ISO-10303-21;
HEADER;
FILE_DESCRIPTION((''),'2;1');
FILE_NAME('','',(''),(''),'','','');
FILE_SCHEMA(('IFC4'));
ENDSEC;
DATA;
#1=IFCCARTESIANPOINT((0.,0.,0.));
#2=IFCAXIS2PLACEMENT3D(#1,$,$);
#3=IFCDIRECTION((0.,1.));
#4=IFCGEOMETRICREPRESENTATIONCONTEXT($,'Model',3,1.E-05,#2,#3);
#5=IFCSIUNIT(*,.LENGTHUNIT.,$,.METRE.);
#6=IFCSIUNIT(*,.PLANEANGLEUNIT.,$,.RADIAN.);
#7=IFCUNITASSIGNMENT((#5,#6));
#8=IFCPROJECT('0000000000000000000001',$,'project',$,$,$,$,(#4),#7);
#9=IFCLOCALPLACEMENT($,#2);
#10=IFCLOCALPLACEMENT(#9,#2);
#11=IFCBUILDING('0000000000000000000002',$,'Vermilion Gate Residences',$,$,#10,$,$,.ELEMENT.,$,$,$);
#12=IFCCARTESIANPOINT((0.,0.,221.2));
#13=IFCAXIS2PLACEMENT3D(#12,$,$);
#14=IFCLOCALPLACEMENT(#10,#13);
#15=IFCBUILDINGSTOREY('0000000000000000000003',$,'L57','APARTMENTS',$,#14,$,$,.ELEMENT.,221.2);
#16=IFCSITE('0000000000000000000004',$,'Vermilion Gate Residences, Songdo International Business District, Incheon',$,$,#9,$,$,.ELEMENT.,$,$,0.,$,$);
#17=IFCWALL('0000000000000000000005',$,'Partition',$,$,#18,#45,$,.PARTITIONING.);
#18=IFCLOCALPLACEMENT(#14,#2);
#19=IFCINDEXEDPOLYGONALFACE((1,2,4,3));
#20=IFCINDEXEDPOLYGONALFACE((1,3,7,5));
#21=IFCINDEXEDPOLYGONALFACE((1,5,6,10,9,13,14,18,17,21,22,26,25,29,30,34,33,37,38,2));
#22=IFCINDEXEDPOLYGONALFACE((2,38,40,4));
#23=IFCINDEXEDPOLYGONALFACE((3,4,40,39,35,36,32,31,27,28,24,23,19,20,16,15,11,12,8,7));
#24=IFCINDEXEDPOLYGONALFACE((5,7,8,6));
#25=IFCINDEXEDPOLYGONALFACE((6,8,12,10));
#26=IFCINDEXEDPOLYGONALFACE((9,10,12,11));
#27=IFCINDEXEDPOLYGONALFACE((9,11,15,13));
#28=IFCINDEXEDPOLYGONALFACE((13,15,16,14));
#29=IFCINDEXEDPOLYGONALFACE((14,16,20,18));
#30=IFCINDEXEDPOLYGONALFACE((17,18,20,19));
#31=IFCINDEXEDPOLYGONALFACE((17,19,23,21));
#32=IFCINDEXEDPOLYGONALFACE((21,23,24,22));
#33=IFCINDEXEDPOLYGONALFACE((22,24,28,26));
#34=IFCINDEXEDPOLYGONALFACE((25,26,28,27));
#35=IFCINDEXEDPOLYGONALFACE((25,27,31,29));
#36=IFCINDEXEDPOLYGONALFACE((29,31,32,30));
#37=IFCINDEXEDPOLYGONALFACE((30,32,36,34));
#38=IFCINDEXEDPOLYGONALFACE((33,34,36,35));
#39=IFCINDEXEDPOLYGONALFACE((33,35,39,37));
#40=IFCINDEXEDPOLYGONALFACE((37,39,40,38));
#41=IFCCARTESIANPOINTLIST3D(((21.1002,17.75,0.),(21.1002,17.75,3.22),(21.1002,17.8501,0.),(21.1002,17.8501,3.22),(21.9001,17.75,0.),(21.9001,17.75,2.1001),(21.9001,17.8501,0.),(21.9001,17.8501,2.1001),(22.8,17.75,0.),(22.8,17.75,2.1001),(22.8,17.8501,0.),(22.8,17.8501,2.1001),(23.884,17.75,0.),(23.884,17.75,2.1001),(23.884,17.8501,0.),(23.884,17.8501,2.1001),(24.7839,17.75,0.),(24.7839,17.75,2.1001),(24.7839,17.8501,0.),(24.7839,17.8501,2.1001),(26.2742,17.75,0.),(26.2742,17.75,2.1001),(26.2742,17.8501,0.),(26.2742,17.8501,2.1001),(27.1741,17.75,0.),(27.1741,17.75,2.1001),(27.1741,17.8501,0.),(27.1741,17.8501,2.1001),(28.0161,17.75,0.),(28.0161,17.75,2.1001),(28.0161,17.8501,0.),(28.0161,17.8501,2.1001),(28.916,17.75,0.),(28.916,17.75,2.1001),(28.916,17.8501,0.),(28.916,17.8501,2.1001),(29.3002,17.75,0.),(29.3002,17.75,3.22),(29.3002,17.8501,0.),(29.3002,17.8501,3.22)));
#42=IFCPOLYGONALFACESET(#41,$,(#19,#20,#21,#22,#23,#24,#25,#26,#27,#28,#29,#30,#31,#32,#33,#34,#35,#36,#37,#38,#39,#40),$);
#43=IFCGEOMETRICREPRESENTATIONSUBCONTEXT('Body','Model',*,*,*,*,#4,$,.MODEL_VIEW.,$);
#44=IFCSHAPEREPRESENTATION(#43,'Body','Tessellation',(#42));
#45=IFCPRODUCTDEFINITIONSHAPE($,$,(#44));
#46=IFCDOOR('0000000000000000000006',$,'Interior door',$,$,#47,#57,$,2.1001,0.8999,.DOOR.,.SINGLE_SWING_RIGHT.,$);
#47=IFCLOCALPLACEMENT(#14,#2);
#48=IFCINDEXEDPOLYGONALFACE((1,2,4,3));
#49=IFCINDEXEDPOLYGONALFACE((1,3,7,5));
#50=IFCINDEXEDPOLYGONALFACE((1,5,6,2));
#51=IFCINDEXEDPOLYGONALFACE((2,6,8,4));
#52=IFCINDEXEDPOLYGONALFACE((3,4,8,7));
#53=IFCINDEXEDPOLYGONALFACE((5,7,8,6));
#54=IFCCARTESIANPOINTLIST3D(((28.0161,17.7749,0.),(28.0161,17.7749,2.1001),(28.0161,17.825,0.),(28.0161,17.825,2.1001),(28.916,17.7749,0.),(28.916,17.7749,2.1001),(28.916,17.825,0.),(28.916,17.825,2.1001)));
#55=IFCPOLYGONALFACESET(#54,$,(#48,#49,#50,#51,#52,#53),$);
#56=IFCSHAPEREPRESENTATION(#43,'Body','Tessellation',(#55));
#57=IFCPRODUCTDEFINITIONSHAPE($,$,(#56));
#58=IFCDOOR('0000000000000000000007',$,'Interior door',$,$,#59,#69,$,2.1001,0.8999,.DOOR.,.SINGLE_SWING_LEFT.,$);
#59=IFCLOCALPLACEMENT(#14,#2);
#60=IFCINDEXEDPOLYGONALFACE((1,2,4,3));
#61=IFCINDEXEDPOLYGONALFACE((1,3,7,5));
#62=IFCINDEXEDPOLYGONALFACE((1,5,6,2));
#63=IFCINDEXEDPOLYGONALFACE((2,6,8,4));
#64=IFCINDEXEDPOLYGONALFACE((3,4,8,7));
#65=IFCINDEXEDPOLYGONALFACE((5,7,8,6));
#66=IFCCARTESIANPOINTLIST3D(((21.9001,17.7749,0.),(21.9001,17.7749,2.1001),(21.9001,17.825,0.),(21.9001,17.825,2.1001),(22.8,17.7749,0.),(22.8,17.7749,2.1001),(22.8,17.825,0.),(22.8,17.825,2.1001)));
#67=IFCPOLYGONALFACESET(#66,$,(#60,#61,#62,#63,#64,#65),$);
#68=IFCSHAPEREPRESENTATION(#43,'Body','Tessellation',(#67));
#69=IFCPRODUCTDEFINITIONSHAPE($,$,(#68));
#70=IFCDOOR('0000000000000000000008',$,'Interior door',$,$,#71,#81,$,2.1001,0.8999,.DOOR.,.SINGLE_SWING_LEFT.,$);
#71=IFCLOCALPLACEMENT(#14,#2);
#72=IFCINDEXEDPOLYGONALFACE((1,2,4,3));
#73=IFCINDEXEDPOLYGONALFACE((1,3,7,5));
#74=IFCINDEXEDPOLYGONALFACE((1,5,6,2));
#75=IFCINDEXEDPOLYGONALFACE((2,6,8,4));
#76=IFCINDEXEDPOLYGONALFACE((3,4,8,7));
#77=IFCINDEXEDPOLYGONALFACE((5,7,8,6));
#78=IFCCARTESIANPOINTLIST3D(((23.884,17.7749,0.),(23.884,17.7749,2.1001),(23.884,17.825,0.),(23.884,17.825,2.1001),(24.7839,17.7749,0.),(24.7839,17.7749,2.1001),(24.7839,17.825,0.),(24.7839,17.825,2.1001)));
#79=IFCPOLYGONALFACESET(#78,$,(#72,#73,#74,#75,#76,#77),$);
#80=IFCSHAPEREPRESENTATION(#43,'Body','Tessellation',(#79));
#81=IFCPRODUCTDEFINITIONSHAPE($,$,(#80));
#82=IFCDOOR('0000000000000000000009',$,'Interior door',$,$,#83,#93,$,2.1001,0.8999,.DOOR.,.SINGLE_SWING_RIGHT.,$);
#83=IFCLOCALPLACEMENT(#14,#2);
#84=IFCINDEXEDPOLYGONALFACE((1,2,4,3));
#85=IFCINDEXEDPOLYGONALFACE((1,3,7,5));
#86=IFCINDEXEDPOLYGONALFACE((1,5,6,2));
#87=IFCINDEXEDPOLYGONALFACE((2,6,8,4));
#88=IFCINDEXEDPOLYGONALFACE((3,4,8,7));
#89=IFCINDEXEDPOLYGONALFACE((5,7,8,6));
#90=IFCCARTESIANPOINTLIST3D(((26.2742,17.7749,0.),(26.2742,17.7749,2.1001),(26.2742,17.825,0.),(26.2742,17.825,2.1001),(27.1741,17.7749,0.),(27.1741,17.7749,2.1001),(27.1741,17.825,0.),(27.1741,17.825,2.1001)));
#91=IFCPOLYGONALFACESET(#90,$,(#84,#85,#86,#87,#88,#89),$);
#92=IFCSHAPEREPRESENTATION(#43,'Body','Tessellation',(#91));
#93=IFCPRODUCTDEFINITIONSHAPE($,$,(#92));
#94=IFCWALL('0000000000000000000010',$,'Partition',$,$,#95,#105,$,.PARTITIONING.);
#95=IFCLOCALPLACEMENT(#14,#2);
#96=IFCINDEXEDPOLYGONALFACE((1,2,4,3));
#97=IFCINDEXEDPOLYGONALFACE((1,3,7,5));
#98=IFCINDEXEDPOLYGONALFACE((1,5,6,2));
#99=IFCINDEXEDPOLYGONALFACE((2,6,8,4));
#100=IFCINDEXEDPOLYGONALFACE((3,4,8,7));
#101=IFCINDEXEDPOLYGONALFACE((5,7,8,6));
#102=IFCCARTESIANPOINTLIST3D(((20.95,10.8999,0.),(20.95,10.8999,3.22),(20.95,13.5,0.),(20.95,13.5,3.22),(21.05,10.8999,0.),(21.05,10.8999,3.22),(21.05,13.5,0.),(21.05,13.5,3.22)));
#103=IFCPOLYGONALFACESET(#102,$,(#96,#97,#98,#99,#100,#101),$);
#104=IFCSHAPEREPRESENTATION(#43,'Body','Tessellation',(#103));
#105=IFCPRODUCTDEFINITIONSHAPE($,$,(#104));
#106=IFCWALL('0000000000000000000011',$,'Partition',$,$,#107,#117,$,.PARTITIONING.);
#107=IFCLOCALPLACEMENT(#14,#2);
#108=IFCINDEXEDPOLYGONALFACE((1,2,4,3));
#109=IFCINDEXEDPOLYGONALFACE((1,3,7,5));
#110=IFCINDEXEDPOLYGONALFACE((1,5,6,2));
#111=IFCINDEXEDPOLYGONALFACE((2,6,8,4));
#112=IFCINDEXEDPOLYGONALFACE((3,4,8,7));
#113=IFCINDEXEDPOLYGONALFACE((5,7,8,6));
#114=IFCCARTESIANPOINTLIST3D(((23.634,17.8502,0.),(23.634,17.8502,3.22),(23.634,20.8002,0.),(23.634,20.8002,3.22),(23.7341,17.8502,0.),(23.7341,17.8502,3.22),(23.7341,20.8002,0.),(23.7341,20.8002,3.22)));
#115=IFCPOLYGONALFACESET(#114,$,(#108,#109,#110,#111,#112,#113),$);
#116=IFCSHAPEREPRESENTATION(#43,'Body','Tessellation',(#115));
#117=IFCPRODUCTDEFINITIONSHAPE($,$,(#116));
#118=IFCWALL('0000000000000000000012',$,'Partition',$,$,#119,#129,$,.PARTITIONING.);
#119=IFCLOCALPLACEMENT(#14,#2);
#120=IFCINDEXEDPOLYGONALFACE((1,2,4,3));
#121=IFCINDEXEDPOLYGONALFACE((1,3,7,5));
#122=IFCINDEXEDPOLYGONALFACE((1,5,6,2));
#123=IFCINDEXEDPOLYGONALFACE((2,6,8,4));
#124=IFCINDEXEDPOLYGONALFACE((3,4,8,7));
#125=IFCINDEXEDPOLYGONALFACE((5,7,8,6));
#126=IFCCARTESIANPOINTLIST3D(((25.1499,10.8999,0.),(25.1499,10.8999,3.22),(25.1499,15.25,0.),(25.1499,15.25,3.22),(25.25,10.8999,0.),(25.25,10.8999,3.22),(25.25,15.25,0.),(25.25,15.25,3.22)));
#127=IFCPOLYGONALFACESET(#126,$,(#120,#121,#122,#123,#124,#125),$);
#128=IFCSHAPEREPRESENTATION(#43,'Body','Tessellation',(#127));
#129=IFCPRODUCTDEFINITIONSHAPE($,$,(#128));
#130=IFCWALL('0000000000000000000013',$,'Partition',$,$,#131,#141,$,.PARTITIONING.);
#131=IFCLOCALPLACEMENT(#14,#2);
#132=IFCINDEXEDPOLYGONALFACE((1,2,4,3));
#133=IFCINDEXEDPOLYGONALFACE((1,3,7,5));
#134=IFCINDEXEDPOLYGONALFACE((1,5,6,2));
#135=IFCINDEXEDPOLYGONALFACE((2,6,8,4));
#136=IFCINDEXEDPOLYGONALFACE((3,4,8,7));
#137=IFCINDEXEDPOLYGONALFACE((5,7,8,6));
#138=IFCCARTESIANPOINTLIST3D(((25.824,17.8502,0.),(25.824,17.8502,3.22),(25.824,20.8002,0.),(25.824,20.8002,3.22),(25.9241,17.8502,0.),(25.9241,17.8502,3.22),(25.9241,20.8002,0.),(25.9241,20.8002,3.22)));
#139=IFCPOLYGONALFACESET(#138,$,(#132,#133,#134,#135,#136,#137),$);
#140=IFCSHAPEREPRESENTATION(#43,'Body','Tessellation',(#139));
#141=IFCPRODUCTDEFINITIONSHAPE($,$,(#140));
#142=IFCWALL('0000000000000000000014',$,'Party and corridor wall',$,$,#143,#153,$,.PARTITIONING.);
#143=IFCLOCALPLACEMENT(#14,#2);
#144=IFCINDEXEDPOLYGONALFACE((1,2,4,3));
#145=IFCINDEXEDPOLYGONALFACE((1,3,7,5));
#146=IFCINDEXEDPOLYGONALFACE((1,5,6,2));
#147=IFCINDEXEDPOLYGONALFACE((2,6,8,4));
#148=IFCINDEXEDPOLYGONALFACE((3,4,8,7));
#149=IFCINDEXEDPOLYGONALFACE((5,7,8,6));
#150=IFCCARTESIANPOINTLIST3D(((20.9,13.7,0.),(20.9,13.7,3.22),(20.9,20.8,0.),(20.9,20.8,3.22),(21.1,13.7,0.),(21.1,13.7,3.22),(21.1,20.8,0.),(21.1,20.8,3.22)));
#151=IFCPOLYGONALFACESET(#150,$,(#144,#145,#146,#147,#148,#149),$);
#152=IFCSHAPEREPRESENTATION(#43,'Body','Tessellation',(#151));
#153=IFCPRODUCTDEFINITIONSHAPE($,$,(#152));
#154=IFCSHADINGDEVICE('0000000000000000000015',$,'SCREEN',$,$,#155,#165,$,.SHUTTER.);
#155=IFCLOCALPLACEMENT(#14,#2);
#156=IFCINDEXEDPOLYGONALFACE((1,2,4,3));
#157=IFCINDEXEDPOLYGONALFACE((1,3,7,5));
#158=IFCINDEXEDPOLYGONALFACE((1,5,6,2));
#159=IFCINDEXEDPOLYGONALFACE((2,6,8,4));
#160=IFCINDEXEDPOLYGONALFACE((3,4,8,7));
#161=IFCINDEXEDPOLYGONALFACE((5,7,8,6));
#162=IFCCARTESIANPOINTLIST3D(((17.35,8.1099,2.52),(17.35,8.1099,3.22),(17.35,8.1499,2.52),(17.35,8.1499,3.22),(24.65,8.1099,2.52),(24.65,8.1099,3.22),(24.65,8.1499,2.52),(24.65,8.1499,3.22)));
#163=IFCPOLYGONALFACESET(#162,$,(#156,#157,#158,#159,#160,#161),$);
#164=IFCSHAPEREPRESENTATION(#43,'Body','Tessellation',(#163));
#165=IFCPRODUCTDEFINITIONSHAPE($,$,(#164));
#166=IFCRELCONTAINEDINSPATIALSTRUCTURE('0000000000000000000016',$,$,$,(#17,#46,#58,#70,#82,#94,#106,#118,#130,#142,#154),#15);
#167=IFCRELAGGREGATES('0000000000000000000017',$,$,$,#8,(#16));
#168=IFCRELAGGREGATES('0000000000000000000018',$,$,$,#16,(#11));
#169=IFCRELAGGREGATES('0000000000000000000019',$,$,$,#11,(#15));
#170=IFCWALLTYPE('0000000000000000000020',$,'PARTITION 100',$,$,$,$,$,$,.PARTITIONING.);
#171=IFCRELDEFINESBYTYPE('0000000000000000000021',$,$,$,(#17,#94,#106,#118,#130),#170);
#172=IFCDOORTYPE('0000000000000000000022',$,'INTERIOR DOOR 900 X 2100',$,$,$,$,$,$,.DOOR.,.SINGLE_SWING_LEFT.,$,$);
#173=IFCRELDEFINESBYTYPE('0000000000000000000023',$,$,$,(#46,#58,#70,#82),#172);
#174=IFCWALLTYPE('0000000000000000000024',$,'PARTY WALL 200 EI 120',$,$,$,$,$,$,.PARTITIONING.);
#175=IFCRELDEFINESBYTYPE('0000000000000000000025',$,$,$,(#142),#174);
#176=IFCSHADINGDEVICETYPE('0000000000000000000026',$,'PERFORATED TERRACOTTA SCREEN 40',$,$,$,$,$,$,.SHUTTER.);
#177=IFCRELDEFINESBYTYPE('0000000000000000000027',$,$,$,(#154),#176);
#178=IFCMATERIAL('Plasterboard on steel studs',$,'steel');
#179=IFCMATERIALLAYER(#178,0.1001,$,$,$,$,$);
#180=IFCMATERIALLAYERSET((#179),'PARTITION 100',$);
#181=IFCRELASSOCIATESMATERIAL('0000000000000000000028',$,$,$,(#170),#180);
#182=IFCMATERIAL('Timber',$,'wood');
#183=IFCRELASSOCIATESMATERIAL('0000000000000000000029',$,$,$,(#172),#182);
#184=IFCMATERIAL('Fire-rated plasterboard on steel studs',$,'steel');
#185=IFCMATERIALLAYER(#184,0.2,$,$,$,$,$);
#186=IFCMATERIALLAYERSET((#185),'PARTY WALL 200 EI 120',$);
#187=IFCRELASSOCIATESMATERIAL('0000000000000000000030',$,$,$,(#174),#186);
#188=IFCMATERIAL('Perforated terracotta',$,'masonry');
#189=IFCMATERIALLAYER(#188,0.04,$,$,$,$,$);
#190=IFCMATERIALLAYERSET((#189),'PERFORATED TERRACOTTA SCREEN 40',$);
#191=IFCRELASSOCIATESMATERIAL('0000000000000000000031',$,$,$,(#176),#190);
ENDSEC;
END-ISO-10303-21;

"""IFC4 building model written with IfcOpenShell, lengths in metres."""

from ifc_helpers import new_model, si_unit, direction, frame, frame_2d, origin, origin_2d, place, context, subcontext, project, spatial, rectangle, extrude, material, layer, layer_set, type_object, element, fill, save


model = new_model("IFC4")

# Units and contexts
model_context = context("Model", 3, precision=1e-05, world=origin(), true_north=direction((0.0, 1.0)))
body_context = subcontext(model_context, "Body", "Model", "MODEL_VIEW")
ifc_project = project(units=[si_unit("LENGTHUNIT", "METRE"), si_unit("PLANEANGLEUNIT", "RADIAN")], contexts=[model_context])

# Site, building, storey
site_placement = place(None, origin())
site = spatial("IfcSite", under=ifc_project, at=site_placement, Name="Vermilion Gate Residences, Songdo International Business District, Incheon", CompositionType="ELEMENT", RefElevation=0.0)
building_placement = place(site_placement, origin())
building = spatial("IfcBuilding", under=site, at=building_placement, Name="Vermilion Gate Residences", CompositionType="ELEMENT")
storey_placement = place(building_placement, frame((0.0, 0.0, 221.2)))
storey = spatial("IfcBuildingStorey", under=building, at=storey_placement, Name="L57", Description="APARTMENTS", CompositionType="ELEMENT", Elevation=221.2)

# Wall, openings, doors
ifc_material_1 = material(Name="Plasterboard on steel studs", Category="steel")
ifc_layer_1 = layer(ifc_material_1, 0.1001)
ifc_layer_set_1 = layer_set([ifc_layer_1], Name="PARTITION 100")
wall_type_1 = type_object("IfcWallType", Name="PARTITION 100", PredefinedType="PARTITIONING", material=ifc_layer_set_1)
ifc_material_2 = material(Name="Timber", Category="wood")
door_type = type_object("IfcDoorType", Name="INTERIOR DOOR 900 X 2100", OperationType="SINGLE_SWING_LEFT", PredefinedType="DOOR", material=ifc_material_2)
wall_1_placement = place(storey_placement, frame((21.1001, 17.8, 0.0), z_axis=(0.0, 0.0, 1.0), x_axis=(1.0, 0.0, 0.0)))
wall_1 = element("IfcWall", 1, at=wall_1_placement, inside=storey, type_object=wall_type_1, Name="Partition", PredefinedType="PARTITIONING", context=body_context, shape_type="SweptSolid", body=[
    extrude(rectangle(XDim=8.2, YDim=0.1001, at=frame_2d((4.1001, 0.0))), origin(), (0.0, 0.0, 1.0), 3.22),
])
opening_1_placement = place(wall_1_placement, frame((6.916, 0.0, 0.0)))
opening_1 = element("IfcOpeningElement", 2, at=opening_1_placement, cuts=wall_1, PredefinedType="OPENING", context=body_context, shape_type="SweptSolid", body=[
    extrude(rectangle(XDim=0.8999, YDim=2.1001, at=frame_2d((0.45, 1.05))), frame((0.0, 0.0601, 0.0), z_axis=(0.0, -1.0, 0.0), x_axis=(1.0, 0.0, 0.0)), (0.0, 0.0, 1.0), 0.1201),
])
opening_2_placement = place(wall_1_placement, frame((0.8, 0.0, 0.0)))
opening_2 = element("IfcOpeningElement", 3, at=opening_2_placement, cuts=wall_1, PredefinedType="OPENING", context=body_context, shape_type="SweptSolid", body=[
    extrude(rectangle(XDim=0.8999, YDim=2.1001, at=frame_2d((0.45, 1.05))), frame((0.0, 0.0601, 0.0), z_axis=(0.0, -1.0, 0.0), x_axis=(1.0, 0.0, 0.0)), (0.0, 0.0, 1.0), 0.1201),
])
opening_3_placement = place(wall_1_placement, frame((2.7839, 0.0, 0.0)))
opening_3 = element("IfcOpeningElement", 4, at=opening_3_placement, cuts=wall_1, PredefinedType="OPENING", context=body_context, shape_type="SweptSolid", body=[
    extrude(rectangle(XDim=0.8999, YDim=2.1001, at=frame_2d((0.45, 1.05))), frame((0.0, 0.0601, 0.0), z_axis=(0.0, -1.0, 0.0), x_axis=(1.0, 0.0, 0.0)), (0.0, 0.0, 1.0), 0.1201),
])
opening_4_placement = place(wall_1_placement, frame((5.1741, 0.0, 0.0)))
opening_4 = element("IfcOpeningElement", 5, at=opening_4_placement, cuts=wall_1, PredefinedType="OPENING", context=body_context, shape_type="SweptSolid", body=[
    extrude(rectangle(XDim=0.8999, YDim=2.1001, at=frame_2d((0.45, 1.05))), frame((0.0, 0.0601, 0.0), z_axis=(0.0, -1.0, 0.0), x_axis=(1.0, 0.0, 0.0)), (0.0, 0.0, 1.0), 0.1201),
])
door_1_placement = place(opening_1_placement, origin())
door_1 = element("IfcDoor", 6, at=door_1_placement, inside=storey, type_object=door_type, Name="Interior door", OperationType="SINGLE_SWING_RIGHT", OverallHeight=2.1001, OverallWidth=0.8999, PredefinedType="DOOR", context=body_context, shape_type="SweptSolid", body=[
    extrude(rectangle(XDim=0.8999, YDim=2.1001, at=frame_2d((0.45, 1.05))), frame((0.0, 0.0249, 0.0), z_axis=(0.0, -1.0, 0.0), x_axis=(1.0, 0.0, 0.0)), (0.0, 0.0, 1.0), 0.05),
])
fill(opening_1, door_1)
door_2_placement = place(opening_2_placement, origin())
door_2 = element("IfcDoor", 7, at=door_2_placement, inside=storey, type_object=door_type, Name="Interior door", OperationType="SINGLE_SWING_LEFT", OverallHeight=2.1001, OverallWidth=0.8999, PredefinedType="DOOR", context=body_context, shape_type="SweptSolid", body=[
    extrude(rectangle(XDim=0.8999, YDim=2.1001, at=frame_2d((0.45, 1.05))), frame((0.0, 0.0249, 0.0), z_axis=(0.0, -1.0, 0.0), x_axis=(1.0, 0.0, 0.0)), (0.0, 0.0, 1.0), 0.05),
])
fill(opening_2, door_2)
door_3_placement = place(opening_3_placement, origin())
door_3 = element("IfcDoor", 8, at=door_3_placement, inside=storey, type_object=door_type, Name="Interior door", OperationType="SINGLE_SWING_LEFT", OverallHeight=2.1001, OverallWidth=0.8999, PredefinedType="DOOR", context=body_context, shape_type="SweptSolid", body=[
    extrude(rectangle(XDim=0.8999, YDim=2.1001, at=frame_2d((0.45, 1.05))), frame((0.0, 0.0249, 0.0), z_axis=(0.0, -1.0, 0.0), x_axis=(1.0, 0.0, 0.0)), (0.0, 0.0, 1.0), 0.05),
])
fill(opening_3, door_3)
door_4_placement = place(opening_4_placement, origin())
door_4 = element("IfcDoor", 9, at=door_4_placement, inside=storey, type_object=door_type, Name="Interior door", OperationType="SINGLE_SWING_RIGHT", OverallHeight=2.1001, OverallWidth=0.8999, PredefinedType="DOOR", context=body_context, shape_type="SweptSolid", body=[
    extrude(rectangle(XDim=0.8999, YDim=2.1001, at=frame_2d((0.45, 1.05))), frame((0.0, 0.0249, 0.0), z_axis=(0.0, -1.0, 0.0), x_axis=(1.0, 0.0, 0.0)), (0.0, 0.0, 1.0), 0.05),
])
fill(opening_4, door_4)

# Walls
wall_2_placement = place(storey_placement, frame((21.0, 10.8999, 0.0), z_axis=(0.0, 0.0, 1.0), x_axis=(0.0, 1.0, 0.0)))
element("IfcWall", 10, at=wall_2_placement, inside=storey, type_object=wall_type_1, Name="Partition", PredefinedType="PARTITIONING", context=body_context, shape_type="SweptSolid", body=[
    extrude(rectangle(XDim=2.6001, YDim=0.1001, at=frame_2d((1.3, 0.0))), origin(), (0.0, 0.0, 1.0), 3.22),
])
wall_3_placement = place(storey_placement, frame((23.6841, 17.8501, 0.0), z_axis=(0.0, 0.0, 1.0), x_axis=(0.0, 1.0, 0.0)))
element("IfcWall", 11, at=wall_3_placement, inside=storey, type_object=wall_type_1, Name="Partition", PredefinedType="PARTITIONING", context=body_context, shape_type="SweptSolid", body=[
    extrude(rectangle(XDim=2.95, YDim=0.1001, at=frame_2d((1.4751, 0.0))), origin(), (0.0, 0.0, 1.0), 3.22),
])
wall_4_placement = place(storey_placement, frame((25.2, 10.8999, 0.0), z_axis=(0.0, 0.0, 1.0), x_axis=(0.0, 1.0, 0.0)))
element("IfcWall", 12, at=wall_4_placement, inside=storey, type_object=wall_type_1, Name="Partition", PredefinedType="PARTITIONING", context=body_context, shape_type="SweptSolid", body=[
    extrude(rectangle(XDim=4.3501, YDim=0.1001, at=frame_2d((2.175, 0.0))), origin(), (0.0, 0.0, 1.0), 3.22),
])
wall_5_placement = place(storey_placement, frame((25.874, 17.8501, 0.0), z_axis=(0.0, 0.0, 1.0), x_axis=(0.0, 1.0, 0.0)))
element("IfcWall", 13, at=wall_5_placement, inside=storey, type_object=wall_type_1, Name="Partition", PredefinedType="PARTITIONING", context=body_context, shape_type="SweptSolid", body=[
    extrude(rectangle(XDim=2.95, YDim=0.1001, at=frame_2d((1.4751, 0.0))), origin(), (0.0, 0.0, 1.0), 3.22),
])
ifc_material_3 = material(Name="Fire-rated plasterboard on steel studs", Category="steel")
ifc_layer_2 = layer(ifc_material_3, 0.2)
ifc_layer_set_2 = layer_set([ifc_layer_2], Name="PARTY WALL 200 EI 120")
wall_type_2 = type_object("IfcWallType", Name="PARTY WALL 200 EI 120", PredefinedType="PARTITIONING", material=ifc_layer_set_2)
wall_6_placement = place(storey_placement, frame((21.0, 13.7, 0.0), z_axis=(0.0, 0.0, 1.0), x_axis=(0.0, 1.0, 0.0)))
element("IfcWall", 14, at=wall_6_placement, inside=storey, type_object=wall_type_2, Name="Party and corridor wall", PredefinedType="PARTITIONING", context=body_context, shape_type="SweptSolid", body=[
    extrude(rectangle(XDim=7.1001, YDim=0.2, at=frame_2d((3.55, 0.0))), origin(), (0.0, 0.0, 1.0), 3.22),
])

# Shading device
ifc_material_4 = material(Name="Perforated terracotta", Category="masonry")
ifc_layer_3 = layer(ifc_material_4, 0.04)
ifc_layer_set_3 = layer_set([ifc_layer_3], Name="PERFORATED TERRACOTTA SCREEN 40")
shading_device_type_1 = type_object("IfcShadingDeviceType", Name="PERFORATED TERRACOTTA SCREEN 40", PredefinedType="SHUTTER", material=ifc_layer_set_3)
shading_device_1_placement = place(storey_placement, frame((21.0, 8.1299, 2.52), z_axis=(0.0, 0.0, 1.0), x_axis=(1.0, 0.0, 0.0)))
element("IfcShadingDevice", 15, at=shading_device_1_placement, inside=storey, type_object=shading_device_type_1, Name="SCREEN", PredefinedType="SHUTTER", context=body_context, shape_type="SweptSolid", body=[
    extrude(rectangle(XDim=7.3, YDim=0.04, at=origin_2d()), origin(), (0.0, 0.0, 1.0), 0.7),
])

save(model, "model.ifc")
